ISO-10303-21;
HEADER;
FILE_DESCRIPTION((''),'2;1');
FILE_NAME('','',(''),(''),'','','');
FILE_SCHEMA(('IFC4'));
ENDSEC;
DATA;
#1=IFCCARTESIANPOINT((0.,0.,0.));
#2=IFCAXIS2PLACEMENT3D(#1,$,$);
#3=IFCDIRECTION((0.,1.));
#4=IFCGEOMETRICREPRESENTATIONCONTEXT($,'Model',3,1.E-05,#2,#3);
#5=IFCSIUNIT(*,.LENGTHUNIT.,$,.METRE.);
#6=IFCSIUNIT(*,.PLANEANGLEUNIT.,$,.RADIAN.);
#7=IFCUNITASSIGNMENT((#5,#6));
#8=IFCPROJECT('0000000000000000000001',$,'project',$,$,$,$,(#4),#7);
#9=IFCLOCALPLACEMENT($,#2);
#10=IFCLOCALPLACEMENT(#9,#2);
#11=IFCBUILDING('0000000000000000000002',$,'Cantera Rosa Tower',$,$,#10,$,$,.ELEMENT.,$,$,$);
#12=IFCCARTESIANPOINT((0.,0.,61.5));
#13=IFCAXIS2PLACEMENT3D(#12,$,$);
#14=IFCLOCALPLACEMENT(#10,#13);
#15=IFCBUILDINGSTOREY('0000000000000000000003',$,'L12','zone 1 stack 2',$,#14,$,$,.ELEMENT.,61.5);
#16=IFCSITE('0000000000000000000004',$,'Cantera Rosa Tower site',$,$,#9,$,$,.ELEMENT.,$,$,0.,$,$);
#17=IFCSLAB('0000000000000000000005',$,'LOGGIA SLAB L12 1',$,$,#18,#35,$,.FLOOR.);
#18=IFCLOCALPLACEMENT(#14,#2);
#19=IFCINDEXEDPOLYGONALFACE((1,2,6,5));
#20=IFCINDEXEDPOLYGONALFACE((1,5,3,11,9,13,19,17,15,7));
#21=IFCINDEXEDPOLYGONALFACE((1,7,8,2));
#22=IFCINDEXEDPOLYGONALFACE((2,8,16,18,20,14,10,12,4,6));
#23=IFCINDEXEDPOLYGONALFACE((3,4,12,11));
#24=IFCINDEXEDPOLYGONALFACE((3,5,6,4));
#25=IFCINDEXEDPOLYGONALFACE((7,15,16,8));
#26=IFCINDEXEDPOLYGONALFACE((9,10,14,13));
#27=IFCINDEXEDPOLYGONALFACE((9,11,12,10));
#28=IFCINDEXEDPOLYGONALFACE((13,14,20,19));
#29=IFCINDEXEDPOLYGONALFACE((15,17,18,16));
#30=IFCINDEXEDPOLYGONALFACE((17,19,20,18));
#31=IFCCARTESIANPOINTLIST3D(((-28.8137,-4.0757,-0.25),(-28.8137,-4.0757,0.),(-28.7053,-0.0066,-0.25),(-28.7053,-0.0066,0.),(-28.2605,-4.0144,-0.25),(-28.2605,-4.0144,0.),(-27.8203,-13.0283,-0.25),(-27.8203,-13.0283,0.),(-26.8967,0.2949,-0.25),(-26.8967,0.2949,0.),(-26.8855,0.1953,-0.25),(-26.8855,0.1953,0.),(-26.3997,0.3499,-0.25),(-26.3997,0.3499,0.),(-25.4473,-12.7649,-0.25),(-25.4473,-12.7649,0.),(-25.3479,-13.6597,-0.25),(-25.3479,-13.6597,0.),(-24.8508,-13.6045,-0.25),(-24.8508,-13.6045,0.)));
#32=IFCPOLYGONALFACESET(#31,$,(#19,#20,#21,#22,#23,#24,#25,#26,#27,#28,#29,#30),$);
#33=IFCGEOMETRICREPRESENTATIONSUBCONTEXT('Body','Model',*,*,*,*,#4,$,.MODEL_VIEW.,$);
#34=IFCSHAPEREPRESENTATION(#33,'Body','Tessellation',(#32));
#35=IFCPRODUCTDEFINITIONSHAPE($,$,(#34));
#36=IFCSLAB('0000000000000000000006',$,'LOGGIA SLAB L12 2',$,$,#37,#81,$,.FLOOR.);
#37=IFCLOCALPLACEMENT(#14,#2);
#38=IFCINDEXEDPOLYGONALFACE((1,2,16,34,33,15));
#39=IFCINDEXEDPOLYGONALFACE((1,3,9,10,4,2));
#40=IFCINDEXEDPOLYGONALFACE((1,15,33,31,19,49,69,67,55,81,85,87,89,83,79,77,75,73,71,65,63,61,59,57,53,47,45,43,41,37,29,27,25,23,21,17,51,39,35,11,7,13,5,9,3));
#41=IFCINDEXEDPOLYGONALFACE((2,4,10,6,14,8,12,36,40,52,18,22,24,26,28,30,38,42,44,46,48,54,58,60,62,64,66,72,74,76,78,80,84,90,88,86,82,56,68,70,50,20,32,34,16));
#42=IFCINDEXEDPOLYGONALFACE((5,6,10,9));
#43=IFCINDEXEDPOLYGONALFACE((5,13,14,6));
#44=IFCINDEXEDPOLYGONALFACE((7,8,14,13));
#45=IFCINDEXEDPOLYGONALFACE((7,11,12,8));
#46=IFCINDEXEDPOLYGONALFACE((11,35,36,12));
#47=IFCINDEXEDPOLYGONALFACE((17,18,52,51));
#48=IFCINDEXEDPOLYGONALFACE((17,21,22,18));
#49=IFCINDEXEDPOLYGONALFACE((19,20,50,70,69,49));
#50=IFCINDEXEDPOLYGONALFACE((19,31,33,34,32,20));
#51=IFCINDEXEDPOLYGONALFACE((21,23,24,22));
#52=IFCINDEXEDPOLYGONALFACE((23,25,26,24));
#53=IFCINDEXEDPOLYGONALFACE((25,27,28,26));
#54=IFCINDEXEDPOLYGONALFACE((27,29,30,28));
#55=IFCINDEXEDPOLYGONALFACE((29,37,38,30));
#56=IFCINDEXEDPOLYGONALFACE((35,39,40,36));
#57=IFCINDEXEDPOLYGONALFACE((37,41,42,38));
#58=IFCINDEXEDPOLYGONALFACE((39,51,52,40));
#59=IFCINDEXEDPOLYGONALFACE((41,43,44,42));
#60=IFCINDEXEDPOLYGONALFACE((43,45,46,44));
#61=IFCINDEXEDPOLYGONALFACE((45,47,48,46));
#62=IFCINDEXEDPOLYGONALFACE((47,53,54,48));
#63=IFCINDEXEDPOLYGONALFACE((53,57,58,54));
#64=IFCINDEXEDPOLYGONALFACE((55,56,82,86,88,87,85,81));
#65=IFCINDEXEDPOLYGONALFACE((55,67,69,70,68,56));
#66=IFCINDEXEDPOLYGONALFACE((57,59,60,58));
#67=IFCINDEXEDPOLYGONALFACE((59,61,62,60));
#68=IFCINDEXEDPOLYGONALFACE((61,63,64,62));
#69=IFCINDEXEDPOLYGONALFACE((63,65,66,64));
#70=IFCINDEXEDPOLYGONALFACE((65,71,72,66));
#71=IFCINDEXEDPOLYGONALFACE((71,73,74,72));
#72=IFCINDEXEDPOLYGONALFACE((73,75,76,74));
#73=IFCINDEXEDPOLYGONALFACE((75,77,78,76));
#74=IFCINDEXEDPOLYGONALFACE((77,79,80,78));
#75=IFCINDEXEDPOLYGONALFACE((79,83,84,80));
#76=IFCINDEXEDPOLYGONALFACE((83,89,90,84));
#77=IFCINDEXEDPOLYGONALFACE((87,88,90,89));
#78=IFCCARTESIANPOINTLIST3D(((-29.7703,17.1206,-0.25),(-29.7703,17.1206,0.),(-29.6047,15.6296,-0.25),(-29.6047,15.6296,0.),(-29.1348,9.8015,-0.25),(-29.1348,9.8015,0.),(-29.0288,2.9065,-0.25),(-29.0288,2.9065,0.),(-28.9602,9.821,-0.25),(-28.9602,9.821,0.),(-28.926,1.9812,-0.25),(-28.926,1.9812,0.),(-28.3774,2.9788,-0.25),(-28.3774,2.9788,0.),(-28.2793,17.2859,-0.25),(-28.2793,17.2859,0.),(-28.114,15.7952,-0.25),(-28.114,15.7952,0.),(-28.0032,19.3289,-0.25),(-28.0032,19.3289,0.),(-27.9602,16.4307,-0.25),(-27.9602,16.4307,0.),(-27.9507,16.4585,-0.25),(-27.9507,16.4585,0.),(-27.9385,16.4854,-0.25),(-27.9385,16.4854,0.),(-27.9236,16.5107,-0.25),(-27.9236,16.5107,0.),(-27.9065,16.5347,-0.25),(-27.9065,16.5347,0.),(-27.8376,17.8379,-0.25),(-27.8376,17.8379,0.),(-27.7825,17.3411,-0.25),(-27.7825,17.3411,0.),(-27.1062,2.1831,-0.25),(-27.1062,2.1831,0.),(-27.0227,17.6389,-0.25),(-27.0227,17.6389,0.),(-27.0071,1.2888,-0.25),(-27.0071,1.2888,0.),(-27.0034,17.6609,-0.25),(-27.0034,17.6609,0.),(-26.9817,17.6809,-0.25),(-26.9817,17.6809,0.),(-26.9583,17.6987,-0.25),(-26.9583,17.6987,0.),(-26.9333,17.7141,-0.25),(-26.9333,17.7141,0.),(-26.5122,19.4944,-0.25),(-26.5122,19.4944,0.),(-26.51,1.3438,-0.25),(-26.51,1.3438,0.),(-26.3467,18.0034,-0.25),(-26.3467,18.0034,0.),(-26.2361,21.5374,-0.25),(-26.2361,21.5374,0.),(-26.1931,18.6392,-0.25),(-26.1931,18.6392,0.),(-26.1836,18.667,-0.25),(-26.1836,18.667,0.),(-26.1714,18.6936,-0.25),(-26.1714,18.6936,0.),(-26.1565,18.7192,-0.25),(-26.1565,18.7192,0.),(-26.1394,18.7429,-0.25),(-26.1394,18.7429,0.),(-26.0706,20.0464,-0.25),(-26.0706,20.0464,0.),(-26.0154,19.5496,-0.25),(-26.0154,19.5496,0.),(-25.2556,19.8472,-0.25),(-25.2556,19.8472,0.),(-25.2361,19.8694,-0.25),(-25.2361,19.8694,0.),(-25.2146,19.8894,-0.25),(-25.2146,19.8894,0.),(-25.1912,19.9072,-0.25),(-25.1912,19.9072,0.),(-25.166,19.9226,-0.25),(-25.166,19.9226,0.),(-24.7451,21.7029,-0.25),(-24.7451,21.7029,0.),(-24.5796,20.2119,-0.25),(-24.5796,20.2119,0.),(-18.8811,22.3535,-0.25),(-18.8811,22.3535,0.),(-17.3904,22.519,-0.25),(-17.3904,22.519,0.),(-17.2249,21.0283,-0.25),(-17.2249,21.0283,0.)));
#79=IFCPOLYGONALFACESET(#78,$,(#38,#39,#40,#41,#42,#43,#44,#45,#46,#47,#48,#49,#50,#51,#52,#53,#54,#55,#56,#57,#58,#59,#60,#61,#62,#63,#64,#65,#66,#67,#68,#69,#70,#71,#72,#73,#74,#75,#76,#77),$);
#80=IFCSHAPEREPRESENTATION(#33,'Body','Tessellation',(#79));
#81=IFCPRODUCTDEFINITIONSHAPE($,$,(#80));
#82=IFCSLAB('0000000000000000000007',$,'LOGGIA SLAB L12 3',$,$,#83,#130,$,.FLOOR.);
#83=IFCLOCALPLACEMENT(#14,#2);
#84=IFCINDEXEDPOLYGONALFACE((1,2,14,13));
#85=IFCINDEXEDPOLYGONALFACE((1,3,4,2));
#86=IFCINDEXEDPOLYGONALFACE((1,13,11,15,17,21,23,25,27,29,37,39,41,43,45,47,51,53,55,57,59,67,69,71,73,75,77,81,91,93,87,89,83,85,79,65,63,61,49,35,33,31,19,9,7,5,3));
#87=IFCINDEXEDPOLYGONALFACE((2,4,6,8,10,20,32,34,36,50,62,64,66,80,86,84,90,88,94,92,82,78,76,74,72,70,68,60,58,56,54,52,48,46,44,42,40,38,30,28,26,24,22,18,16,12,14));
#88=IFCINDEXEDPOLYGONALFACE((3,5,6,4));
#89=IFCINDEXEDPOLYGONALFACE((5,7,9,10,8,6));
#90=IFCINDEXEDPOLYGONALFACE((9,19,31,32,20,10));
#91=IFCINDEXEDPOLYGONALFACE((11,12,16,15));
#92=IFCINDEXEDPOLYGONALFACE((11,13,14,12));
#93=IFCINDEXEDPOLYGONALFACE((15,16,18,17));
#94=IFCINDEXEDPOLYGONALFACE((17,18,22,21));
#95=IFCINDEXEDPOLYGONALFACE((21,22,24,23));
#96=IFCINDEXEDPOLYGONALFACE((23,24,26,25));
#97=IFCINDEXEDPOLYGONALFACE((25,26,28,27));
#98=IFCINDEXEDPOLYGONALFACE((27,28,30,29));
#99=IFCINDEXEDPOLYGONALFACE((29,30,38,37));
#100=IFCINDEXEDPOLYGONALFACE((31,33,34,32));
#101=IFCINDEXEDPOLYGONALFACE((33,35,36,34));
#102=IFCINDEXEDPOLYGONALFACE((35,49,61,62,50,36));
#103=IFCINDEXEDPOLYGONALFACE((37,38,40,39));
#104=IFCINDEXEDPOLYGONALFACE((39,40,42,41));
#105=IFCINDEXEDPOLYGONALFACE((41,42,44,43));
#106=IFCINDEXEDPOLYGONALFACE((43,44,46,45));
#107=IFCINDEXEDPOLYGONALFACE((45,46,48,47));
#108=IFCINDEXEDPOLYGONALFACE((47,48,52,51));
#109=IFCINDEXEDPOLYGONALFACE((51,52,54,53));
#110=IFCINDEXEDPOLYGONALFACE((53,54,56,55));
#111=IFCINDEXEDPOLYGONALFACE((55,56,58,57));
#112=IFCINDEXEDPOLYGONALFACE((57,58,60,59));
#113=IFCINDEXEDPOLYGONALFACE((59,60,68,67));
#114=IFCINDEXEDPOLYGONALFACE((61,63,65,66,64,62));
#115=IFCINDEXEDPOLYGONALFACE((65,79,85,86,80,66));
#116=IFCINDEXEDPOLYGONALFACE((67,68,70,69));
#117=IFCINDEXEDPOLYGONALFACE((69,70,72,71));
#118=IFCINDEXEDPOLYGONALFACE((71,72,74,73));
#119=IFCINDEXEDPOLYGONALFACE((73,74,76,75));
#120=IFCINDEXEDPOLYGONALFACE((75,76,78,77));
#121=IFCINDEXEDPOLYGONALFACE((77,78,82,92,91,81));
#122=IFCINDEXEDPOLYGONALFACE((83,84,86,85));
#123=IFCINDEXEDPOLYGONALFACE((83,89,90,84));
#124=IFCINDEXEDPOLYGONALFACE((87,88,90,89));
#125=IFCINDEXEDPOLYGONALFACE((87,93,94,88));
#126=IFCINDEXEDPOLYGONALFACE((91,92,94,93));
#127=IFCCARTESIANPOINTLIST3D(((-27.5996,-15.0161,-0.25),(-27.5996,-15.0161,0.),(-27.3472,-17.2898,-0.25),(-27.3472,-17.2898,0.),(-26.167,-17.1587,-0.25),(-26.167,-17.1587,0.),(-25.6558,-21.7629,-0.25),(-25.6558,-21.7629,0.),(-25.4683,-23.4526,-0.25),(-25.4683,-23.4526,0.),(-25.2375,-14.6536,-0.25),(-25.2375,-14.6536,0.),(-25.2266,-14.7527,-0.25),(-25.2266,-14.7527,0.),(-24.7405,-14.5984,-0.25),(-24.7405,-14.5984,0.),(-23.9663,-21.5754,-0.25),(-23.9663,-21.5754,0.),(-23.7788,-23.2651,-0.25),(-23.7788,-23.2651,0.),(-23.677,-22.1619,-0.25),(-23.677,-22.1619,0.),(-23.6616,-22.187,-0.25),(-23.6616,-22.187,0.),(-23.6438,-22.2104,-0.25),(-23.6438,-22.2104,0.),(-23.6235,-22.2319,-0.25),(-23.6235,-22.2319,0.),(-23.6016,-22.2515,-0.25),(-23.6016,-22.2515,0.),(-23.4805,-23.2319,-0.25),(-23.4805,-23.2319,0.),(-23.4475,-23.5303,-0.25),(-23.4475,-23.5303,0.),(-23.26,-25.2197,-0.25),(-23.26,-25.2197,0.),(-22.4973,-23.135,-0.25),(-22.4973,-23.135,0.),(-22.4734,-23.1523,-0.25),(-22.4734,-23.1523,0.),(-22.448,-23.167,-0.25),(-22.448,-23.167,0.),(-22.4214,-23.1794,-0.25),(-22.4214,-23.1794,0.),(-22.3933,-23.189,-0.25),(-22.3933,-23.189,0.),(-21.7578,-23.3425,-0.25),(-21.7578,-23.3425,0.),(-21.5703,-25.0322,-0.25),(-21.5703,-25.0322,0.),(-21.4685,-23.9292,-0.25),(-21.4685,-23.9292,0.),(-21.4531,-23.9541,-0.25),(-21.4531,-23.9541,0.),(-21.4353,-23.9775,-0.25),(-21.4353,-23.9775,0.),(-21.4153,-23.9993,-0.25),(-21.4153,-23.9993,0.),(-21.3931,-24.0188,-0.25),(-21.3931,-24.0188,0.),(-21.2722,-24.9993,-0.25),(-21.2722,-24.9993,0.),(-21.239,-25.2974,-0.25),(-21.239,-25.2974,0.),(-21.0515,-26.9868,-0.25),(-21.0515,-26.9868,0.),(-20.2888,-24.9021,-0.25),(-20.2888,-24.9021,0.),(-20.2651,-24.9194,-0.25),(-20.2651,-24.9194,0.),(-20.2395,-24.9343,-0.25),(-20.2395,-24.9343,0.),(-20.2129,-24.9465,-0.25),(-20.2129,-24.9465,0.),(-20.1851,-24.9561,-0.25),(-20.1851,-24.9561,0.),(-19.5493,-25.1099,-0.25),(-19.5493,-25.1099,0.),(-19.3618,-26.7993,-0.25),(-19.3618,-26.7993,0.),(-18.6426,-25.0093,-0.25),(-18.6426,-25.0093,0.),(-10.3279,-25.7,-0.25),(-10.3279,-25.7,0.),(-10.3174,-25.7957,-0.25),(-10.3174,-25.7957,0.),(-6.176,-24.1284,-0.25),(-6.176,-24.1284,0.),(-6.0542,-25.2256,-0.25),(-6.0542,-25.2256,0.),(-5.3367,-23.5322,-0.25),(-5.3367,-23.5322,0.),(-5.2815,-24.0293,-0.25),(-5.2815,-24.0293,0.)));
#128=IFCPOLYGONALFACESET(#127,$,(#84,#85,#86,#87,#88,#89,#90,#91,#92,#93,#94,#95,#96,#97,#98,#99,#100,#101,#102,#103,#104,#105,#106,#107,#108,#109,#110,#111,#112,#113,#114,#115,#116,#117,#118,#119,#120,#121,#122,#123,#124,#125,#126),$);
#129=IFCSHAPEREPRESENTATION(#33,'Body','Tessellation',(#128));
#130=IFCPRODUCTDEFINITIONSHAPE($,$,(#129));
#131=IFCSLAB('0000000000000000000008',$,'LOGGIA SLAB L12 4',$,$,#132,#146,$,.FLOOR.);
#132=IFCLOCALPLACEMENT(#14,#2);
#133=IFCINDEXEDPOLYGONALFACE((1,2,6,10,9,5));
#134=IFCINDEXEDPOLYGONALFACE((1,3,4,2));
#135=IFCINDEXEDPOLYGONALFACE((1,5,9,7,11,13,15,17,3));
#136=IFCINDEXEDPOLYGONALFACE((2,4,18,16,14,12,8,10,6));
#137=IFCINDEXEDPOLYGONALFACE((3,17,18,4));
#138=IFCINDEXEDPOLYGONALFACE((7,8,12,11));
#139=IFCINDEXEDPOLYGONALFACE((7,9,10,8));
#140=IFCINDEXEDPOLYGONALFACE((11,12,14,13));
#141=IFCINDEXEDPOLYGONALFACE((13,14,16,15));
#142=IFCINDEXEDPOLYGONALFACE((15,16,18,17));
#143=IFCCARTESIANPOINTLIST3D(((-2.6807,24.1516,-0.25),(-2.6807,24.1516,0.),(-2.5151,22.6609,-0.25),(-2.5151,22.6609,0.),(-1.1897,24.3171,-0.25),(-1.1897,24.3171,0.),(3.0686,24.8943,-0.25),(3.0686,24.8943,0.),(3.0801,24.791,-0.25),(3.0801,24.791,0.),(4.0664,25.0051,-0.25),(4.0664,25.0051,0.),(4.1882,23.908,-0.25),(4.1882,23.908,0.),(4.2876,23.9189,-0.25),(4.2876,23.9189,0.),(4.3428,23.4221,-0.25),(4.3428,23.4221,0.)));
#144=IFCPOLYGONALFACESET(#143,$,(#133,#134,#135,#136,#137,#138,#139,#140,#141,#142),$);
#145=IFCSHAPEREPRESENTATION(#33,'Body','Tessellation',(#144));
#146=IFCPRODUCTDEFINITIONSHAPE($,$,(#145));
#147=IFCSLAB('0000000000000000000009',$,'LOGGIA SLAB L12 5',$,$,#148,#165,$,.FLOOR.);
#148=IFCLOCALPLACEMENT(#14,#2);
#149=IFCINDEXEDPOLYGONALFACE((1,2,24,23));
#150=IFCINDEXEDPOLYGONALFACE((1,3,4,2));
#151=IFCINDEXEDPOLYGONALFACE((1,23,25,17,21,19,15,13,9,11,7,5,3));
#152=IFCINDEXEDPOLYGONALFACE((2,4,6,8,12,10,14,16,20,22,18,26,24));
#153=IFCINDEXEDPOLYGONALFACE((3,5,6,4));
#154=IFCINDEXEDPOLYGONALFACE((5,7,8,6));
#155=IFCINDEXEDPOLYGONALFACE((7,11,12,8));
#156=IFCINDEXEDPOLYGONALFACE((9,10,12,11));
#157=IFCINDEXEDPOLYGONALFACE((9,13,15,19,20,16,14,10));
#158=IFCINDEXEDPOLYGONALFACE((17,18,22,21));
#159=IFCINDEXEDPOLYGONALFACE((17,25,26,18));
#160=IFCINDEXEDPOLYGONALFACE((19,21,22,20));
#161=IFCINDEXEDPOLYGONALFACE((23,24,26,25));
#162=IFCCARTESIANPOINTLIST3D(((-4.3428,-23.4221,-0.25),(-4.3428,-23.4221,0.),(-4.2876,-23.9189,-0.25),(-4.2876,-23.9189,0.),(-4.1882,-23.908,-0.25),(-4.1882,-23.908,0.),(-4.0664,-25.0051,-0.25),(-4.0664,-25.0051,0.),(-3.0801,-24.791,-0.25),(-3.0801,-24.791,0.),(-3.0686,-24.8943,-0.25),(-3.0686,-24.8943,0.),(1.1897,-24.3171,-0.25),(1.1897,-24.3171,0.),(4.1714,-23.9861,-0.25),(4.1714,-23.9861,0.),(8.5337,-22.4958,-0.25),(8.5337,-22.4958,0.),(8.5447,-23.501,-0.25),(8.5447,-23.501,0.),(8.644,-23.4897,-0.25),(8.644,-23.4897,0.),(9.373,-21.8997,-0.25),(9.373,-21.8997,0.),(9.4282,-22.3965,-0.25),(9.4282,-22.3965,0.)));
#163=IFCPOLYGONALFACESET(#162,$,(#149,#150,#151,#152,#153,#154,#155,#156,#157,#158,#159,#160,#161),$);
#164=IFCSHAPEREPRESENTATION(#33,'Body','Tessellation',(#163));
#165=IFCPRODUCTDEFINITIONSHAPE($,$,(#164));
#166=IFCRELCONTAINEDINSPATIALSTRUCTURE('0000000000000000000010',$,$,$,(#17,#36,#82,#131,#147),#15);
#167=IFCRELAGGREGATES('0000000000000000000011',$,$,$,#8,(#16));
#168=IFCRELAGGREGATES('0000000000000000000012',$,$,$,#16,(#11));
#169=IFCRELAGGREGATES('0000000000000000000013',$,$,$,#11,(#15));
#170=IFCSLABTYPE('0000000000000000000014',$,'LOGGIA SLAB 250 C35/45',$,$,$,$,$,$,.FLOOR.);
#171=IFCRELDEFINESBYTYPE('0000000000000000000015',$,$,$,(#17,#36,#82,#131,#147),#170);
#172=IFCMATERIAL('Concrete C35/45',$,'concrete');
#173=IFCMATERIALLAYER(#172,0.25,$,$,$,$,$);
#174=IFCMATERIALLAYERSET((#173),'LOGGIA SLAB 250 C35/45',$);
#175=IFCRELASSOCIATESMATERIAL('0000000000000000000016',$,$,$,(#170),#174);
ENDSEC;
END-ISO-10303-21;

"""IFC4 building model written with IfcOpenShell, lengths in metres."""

from ifc_helpers import new_model, si_unit, direction, frame, origin, place, context, subcontext, project, spatial, polyline, outline, extrude, material, layer, layer_set, type_object, element, save


model = new_model("IFC4")

# Units and contexts
model_context = context("Model", 3, precision=1e-05, world=origin(), true_north=direction((0.0, 1.0)))
body_context = subcontext(model_context, "Body", "Model", "MODEL_VIEW")
ifc_project = project(units=[si_unit("LENGTHUNIT", "METRE"), si_unit("PLANEANGLEUNIT", "RADIAN")], contexts=[model_context])

# Site, building, storey
site_placement = place(None, origin())
site = spatial("IfcSite", under=ifc_project, at=site_placement, Name="Cantera Rosa Tower site", CompositionType="ELEMENT", RefElevation=0.0)
building_placement = place(site_placement, origin())
building = spatial("IfcBuilding", under=site, at=building_placement, Name="Cantera Rosa Tower", CompositionType="ELEMENT")
storey_placement = place(building_placement, frame((0.0, 0.0, 61.5)))
storey = spatial("IfcBuildingStorey", under=building, at=storey_placement, Name="L12", Description="zone 1 stack 2", CompositionType="ELEMENT", Elevation=61.5)

# Slabs
ifc_material_1 = material(Name="Concrete C35/45", Category="concrete")
ifc_layer_1 = layer(ifc_material_1, 0.25)
ifc_layer_set_1 = layer_set([ifc_layer_1], Name="LOGGIA SLAB 250 C35/45")
slab_type_1 = type_object("IfcSlabType", Name="LOGGIA SLAB 250 C35/45", PredefinedType="FLOOR", material=ifc_layer_set_1)
slab_1_placement = place(storey_placement, frame((0.0, 0.0, -0.25)))
element("IfcSlab", 1, at=slab_1_placement, inside=storey, type_object=slab_type_1, Name="LOGGIA SLAB L12 1", PredefinedType="FLOOR", context=body_context, shape_type="SweptSolid", body=[
    extrude(outline(polyline([(-28.7053, -0.0066), (-26.8855, 0.1953), (-26.8967, 0.2949), (-26.3997, 0.3499), (-24.8508, -13.6045), (-25.3479, -13.6597), (-25.4473, -12.7649), (-27.8203, -13.0283), (-28.8137, -4.0757), (-28.2605, -4.0144), (-28.7053, -0.0066)])), origin(), (0.0, 0.0, 1.0), 0.25),
])
slab_2_placement = place(storey_placement, frame((0.0, 0.0, -0.25)))
element("IfcSlab", 2, at=slab_2_placement, inside=storey, type_object=slab_type_1, Name="LOGGIA SLAB L12 2", PredefinedType="FLOOR", context=body_context, shape_type="SweptSolid", body=[
    extrude(outline(polyline([(-29.1348, 9.8015), (-28.9602, 9.821), (-29.6047, 15.6296), (-29.7703, 17.1206), (-28.2793, 17.2859), (-27.7825, 17.3411), (-27.8376, 17.8379), (-28.0032, 19.3289), (-26.5122, 19.4944), (-26.0154, 19.5496), (-26.0706, 20.0464), (-26.2361, 21.5374), (-24.7451, 21.7029), (-18.8811, 22.3535), (-17.3904, 22.519), (-17.2249, 21.0283), (-24.5796, 20.2119), (-25.166, 19.9226), (-25.1912, 19.9072), (-25.2146, 19.8894), (-25.2361, 19.8694), (-25.2556, 19.8472), (-26.1394, 18.7429), (-26.1565, 18.7192), (-26.1714, 18.6936), (-26.1836, 18.667), (-26.1931, 18.6392), (-26.3467, 18.0034), (-26.9333, 17.7141), (-26.9583, 17.6987), (-26.9817, 17.6809), (-27.0034, 17.6609), (-27.0227, 17.6389), (-27.9065, 16.5347), (-27.9236, 16.5107), (-27.9385, 16.4854), (-27.9507, 16.4585), (-27.9602, 16.4307), (-28.114, 15.7952), (-26.51, 1.3438), (-27.0071, 1.2888), (-27.1062, 2.1831), (-28.926, 1.9812), (-29.0288, 2.9065), (-28.3774, 2.9788), (-29.1348, 9.8015)])), origin(), (0.0, 0.0, 1.0), 0.25),
])
slab_3_placement = place(storey_placement, frame((0.0, 0.0, -0.25)))
element("IfcSlab", 3, at=slab_3_placement, inside=storey, type_object=slab_type_1, Name="LOGGIA SLAB L12 3", PredefinedType="FLOOR", context=body_context, shape_type="SweptSolid", body=[
    extrude(outline(polyline([(-19.3618, -26.7993), (-21.0515, -26.9868), (-21.239, -25.2974), (-21.2722, -24.9993), (-21.5703, -25.0322), (-23.26, -25.2197), (-23.4475, -23.5303), (-23.4805, -23.2319), (-23.7788, -23.2651), (-25.4683, -23.4526), (-25.6558, -21.7629), (-26.167, -17.1587), (-27.3472, -17.2898), (-27.5996, -15.0161), (-25.2266, -14.7527), (-25.2375, -14.6536), (-24.7405, -14.5984), (-23.9663, -21.5754), (-23.677, -22.1619), (-23.6616, -22.187), (-23.6438, -22.2104), (-23.6235, -22.2319), (-23.6016, -22.2515), (-22.4973, -23.135), (-22.4734, -23.1523), (-22.448, -23.167), (-22.4214, -23.1794), (-22.3933, -23.189), (-21.7578, -23.3425), (-21.4685, -23.9292), (-21.4531, -23.9541), (-21.4353, -23.9775), (-21.4153, -23.9993), (-21.3931, -24.0188), (-20.2888, -24.9021), (-20.2651, -24.9194), (-20.2395, -24.9343), (-20.2129, -24.9465), (-20.1851, -24.9561), (-19.5493, -25.1099), (-18.6426, -25.0093), (-5.3367, -23.5322), (-5.2815, -24.0293), (-6.176, -24.1284), (-6.0542, -25.2256), (-10.3279, -25.7), (-10.3174, -25.7957), (-19.3618, -26.7993)])), origin(), (0.0, 0.0, 1.0), 0.25),
])
slab_4_placement = place(storey_placement, frame((0.0, 0.0, -0.25)))
element("IfcSlab", 4, at=slab_4_placement, inside=storey, type_object=slab_type_1, Name="LOGGIA SLAB L12 4", PredefinedType="FLOOR", context=body_context, shape_type="SweptSolid", body=[
    extrude(outline(polyline([(3.0801, 24.791), (3.0686, 24.8943), (4.0664, 25.0051), (4.1882, 23.908), (4.2876, 23.9189), (4.3428, 23.4221), (-2.5151, 22.6609), (-2.6807, 24.1516), (-1.1897, 24.3171), (3.0801, 24.791)])), origin(), (0.0, 0.0, 1.0), 0.25),
])
slab_5_placement = place(storey_placement, frame((0.0, 0.0, -0.25)))
element("IfcSlab", 5, at=slab_5_placement, inside=storey, type_object=slab_type_1, Name="LOGGIA SLAB L12 5", PredefinedType="FLOOR", context=body_context, shape_type="SweptSolid", body=[
    extrude(outline(polyline([(-4.1882, -23.908), (-4.2876, -23.9189), (-4.3428, -23.4221), (9.373, -21.8997), (9.4282, -22.3965), (8.5337, -22.4958), (8.644, -23.4897), (8.5447, -23.501), (4.1714, -23.9861), (1.1897, -24.3171), (-3.0801, -24.791), (-3.0686, -24.8943), (-4.0664, -25.0051), (-4.1882, -23.908)])), origin(), (0.0, 0.0, 1.0), 0.25),
])

save(model, "model.ifc")
